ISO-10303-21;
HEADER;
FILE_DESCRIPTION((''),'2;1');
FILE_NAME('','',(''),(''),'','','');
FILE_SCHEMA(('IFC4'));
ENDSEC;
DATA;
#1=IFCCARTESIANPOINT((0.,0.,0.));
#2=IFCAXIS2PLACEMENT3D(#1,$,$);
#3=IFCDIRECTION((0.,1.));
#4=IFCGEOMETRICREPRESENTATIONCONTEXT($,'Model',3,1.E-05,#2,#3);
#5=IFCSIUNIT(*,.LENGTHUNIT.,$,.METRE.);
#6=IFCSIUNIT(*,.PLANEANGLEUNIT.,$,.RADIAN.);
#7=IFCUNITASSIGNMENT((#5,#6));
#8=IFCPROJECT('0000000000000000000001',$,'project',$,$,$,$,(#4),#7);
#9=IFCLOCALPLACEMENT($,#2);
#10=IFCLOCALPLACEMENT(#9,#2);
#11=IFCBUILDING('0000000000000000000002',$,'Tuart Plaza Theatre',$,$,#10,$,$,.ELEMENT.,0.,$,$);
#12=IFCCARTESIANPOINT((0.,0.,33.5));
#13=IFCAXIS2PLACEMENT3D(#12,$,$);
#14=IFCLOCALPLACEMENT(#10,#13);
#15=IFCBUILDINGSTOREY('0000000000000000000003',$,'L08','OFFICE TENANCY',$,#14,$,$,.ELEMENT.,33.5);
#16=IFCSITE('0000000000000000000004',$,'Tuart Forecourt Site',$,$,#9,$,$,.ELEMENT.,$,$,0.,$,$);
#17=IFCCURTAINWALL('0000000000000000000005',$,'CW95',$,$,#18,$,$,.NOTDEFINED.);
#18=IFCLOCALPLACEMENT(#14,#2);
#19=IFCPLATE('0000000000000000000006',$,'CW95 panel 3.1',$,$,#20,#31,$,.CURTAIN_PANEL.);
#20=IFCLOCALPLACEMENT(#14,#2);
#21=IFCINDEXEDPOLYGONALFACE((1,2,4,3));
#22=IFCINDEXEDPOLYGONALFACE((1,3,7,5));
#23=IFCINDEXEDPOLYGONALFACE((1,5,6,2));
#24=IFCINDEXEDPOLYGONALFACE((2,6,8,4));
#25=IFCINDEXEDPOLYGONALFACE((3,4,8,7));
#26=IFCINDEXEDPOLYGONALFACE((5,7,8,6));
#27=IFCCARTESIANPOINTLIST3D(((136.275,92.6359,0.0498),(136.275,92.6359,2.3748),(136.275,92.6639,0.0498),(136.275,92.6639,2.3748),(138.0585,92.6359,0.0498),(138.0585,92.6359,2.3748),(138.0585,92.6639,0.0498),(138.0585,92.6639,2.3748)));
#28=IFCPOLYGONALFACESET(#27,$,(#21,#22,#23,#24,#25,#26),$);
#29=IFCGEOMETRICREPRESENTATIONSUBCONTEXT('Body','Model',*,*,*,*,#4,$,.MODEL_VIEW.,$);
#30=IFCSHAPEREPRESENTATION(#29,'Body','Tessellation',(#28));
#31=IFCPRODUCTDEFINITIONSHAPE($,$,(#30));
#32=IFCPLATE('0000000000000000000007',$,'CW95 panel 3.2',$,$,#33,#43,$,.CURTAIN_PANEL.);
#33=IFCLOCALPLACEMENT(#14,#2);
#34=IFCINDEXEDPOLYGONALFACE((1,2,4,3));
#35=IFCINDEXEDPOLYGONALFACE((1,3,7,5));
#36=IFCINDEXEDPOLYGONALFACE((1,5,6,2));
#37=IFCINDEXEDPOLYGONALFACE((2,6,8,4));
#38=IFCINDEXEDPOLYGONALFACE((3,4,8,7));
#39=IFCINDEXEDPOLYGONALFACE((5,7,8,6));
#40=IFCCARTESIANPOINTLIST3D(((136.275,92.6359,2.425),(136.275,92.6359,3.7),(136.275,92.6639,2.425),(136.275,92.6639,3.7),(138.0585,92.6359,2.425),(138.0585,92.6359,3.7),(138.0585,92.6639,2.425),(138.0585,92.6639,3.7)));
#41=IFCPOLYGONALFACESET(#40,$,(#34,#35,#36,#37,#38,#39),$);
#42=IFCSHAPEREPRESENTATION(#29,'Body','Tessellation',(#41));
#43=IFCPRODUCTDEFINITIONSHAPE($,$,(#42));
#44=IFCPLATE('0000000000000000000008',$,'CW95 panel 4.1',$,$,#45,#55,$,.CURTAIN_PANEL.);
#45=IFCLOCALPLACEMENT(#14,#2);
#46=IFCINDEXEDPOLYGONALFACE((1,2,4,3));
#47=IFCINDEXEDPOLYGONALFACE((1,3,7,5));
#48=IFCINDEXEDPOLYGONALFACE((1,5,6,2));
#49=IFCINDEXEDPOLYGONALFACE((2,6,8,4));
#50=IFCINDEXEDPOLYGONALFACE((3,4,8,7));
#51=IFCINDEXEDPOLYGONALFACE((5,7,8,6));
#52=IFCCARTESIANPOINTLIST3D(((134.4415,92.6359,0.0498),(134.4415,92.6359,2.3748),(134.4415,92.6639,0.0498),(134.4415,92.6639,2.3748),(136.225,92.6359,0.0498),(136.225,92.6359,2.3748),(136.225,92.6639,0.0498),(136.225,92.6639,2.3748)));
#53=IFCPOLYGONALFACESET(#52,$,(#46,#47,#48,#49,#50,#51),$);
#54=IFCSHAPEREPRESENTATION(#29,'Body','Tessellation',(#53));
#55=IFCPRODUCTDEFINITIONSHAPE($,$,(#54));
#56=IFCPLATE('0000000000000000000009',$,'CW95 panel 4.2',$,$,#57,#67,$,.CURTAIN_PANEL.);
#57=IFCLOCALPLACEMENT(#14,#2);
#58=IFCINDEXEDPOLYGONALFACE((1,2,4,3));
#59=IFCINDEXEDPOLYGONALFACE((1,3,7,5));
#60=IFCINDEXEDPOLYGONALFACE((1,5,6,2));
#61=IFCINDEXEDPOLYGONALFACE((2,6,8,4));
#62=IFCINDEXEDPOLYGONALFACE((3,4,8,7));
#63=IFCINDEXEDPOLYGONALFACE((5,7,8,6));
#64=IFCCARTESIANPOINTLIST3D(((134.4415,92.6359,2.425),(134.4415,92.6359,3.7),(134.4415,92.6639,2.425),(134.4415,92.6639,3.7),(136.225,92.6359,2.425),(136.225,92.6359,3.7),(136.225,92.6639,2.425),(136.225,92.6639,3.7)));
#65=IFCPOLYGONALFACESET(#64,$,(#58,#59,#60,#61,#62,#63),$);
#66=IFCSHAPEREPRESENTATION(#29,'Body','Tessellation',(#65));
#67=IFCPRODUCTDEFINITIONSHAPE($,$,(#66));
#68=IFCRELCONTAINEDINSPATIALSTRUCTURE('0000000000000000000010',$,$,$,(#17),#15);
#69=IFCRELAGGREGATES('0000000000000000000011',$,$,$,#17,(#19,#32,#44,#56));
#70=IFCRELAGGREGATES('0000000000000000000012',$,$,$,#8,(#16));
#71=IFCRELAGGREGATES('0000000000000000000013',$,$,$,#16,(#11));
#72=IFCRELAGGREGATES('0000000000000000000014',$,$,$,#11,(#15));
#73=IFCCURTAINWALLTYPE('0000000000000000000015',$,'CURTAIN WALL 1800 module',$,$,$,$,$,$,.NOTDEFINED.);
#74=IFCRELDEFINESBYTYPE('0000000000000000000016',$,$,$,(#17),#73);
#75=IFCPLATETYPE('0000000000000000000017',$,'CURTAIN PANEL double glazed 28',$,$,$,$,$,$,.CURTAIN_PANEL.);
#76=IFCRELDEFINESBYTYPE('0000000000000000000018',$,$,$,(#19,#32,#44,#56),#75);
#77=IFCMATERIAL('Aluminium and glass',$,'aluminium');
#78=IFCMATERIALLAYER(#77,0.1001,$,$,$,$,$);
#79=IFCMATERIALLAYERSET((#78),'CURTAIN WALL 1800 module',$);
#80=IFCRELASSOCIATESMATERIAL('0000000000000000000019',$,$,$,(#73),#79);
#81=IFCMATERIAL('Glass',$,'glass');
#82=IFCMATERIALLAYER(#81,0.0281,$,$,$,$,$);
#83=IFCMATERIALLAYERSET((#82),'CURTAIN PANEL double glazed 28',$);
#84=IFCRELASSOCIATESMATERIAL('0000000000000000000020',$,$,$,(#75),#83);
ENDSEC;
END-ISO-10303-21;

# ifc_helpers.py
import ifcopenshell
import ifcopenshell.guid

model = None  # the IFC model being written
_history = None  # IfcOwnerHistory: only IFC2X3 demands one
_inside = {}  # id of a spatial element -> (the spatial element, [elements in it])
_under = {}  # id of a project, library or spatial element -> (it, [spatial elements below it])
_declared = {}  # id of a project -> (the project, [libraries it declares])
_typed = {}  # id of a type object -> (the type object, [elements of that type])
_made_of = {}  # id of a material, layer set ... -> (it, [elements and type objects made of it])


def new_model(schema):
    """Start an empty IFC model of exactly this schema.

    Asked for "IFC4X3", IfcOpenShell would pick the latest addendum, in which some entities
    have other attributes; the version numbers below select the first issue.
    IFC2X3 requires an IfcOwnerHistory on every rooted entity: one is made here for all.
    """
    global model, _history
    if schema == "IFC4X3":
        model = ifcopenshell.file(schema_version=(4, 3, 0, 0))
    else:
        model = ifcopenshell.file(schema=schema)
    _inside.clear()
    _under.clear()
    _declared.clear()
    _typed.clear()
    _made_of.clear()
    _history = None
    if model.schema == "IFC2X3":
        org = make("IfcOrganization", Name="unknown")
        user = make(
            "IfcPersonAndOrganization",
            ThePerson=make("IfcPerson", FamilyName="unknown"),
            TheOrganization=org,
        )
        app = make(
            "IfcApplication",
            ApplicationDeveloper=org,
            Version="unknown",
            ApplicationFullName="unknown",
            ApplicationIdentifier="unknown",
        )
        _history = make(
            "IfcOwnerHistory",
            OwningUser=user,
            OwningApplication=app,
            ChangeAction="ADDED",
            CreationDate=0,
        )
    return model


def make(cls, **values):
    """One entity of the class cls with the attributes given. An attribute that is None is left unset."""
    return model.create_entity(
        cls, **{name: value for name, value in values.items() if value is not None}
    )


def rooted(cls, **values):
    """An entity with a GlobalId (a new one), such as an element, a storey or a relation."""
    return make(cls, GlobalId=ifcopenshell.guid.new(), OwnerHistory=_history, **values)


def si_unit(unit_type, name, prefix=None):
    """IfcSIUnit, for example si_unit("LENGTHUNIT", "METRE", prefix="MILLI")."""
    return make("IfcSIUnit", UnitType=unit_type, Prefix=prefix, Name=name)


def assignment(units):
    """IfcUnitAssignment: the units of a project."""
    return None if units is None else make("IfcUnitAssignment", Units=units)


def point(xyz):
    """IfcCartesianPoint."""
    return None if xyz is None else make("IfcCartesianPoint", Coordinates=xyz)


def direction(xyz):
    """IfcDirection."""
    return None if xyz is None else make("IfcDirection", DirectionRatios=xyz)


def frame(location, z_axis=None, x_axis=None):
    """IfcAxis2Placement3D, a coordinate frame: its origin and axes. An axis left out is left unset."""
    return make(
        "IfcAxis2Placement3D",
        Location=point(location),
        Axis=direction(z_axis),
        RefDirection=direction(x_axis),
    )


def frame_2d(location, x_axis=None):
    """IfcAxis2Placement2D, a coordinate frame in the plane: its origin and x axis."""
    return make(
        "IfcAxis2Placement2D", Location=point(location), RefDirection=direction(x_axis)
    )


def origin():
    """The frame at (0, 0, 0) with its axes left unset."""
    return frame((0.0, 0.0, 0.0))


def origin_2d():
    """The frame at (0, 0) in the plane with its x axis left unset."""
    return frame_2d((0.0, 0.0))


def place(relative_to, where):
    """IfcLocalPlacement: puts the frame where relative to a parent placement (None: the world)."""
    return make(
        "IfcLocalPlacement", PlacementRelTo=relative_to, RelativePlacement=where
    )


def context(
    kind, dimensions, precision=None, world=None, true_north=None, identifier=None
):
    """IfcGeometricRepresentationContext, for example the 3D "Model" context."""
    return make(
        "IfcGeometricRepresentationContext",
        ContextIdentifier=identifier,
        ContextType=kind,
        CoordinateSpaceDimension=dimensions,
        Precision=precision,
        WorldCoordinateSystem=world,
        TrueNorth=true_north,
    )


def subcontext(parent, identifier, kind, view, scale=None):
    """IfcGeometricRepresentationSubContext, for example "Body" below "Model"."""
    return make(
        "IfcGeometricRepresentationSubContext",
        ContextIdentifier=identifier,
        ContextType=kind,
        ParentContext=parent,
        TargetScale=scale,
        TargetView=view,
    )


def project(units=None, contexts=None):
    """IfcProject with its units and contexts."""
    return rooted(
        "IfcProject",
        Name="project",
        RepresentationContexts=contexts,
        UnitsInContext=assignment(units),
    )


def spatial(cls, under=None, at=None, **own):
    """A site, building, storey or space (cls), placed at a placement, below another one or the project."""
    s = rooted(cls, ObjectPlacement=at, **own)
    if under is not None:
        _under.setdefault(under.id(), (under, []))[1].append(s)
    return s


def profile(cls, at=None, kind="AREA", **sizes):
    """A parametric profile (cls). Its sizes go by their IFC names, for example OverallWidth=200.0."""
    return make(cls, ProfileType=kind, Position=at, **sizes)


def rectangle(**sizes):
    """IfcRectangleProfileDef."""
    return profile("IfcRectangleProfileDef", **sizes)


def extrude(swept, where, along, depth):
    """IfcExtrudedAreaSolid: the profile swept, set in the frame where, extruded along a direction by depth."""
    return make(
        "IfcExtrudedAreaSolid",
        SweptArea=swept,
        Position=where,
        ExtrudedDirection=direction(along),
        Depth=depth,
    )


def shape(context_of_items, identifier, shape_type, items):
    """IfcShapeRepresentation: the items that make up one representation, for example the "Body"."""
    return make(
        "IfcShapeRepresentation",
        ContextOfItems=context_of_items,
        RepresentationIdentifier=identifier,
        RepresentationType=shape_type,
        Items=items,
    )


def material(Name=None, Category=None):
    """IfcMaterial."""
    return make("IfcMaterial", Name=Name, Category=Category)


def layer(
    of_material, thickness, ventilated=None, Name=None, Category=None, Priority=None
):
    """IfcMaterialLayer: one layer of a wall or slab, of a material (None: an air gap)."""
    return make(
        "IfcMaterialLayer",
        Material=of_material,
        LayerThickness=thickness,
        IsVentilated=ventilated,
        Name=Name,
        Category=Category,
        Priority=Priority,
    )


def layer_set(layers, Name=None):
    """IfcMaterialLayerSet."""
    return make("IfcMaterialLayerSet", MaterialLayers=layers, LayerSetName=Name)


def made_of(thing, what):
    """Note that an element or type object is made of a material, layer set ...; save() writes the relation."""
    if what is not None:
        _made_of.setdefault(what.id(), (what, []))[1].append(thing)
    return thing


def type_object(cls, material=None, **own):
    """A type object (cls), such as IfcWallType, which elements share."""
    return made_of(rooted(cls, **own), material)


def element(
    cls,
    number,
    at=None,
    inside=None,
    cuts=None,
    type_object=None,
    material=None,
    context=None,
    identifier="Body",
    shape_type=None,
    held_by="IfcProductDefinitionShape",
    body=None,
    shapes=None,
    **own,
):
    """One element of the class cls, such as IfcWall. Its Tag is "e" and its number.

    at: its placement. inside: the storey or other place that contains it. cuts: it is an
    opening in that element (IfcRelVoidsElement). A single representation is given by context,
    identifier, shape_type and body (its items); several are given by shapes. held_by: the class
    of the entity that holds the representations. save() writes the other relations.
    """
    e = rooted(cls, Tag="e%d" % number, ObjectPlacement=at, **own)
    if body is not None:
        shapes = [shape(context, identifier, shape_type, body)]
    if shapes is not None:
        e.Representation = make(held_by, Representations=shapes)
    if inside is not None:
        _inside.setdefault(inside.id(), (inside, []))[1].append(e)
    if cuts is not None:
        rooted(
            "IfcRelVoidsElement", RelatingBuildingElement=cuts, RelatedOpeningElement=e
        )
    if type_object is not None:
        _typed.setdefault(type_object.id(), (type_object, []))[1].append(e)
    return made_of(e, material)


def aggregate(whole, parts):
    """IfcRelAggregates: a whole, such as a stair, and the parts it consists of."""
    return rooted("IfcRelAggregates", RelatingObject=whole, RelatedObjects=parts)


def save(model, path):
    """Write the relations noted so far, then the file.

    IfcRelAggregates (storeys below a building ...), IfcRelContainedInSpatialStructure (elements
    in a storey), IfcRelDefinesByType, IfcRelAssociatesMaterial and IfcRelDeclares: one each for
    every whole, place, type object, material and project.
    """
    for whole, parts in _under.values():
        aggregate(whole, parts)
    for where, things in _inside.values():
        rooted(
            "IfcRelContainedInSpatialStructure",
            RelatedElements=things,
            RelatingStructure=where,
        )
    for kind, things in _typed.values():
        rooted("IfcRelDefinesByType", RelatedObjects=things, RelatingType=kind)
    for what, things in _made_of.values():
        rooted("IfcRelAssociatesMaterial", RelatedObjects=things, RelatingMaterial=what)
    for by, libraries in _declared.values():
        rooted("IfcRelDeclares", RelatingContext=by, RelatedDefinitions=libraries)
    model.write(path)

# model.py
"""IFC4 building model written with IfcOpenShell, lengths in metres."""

from ifc_helpers import new_model, si_unit, direction, frame, origin, origin_2d, place, context, subcontext, project, spatial, rectangle, extrude, material, layer, layer_set, type_object, element, aggregate, save


model = new_model("IFC4")

# Units and contexts
model_context = context("Model", 3, precision=1e-05, world=origin(), true_north=direction((0.0, 1.0)))
body_context = subcontext(model_context, "Body", "Model", "MODEL_VIEW")
ifc_project = project(units=[si_unit("LENGTHUNIT", "METRE"), si_unit("PLANEANGLEUNIT", "RADIAN")], contexts=[model_context])

# Site, building, storey
site_placement = place(None, origin())
site = spatial("IfcSite", under=ifc_project, at=site_placement, Name="Tuart Forecourt Site", CompositionType="ELEMENT", RefElevation=0.0)
building_placement = place(site_placement, origin())
building = spatial("IfcBuilding", under=site, at=building_placement, Name="Tuart Plaza Theatre", CompositionType="ELEMENT", ElevationOfRefHeight=0.0)
storey_placement = place(building_placement, frame((0.0, 0.0, 33.5)))
storey = spatial("IfcBuildingStorey", under=building, at=storey_placement, Name="L08", Description="OFFICE TENANCY", CompositionType="ELEMENT", Elevation=33.5)

# Curtain wall, plates
ifc_material_1 = material(Name="Aluminium and glass", Category="aluminium")
ifc_layer_1 = layer(ifc_material_1, 0.1001)
ifc_layer_set_1 = layer_set([ifc_layer_1], Name="CURTAIN WALL 1800 module")
curtain_wall_type = type_object("IfcCurtainWallType", Name="CURTAIN WALL 1800 module", PredefinedType="NOTDEFINED", material=ifc_layer_set_1)
curtain_wall_placement = place(storey_placement, origin())
curtain_wall = element("IfcCurtainWall", 1, at=curtain_wall_placement, inside=storey, type_object=curtain_wall_type, Name="CW95", PredefinedType="NOTDEFINED")
ifc_material_2 = material(Name="Glass", Category="glass")
ifc_layer_2 = layer(ifc_material_2, 0.0281)
ifc_layer_set_2 = layer_set([ifc_layer_2], Name="CURTAIN PANEL double glazed 28")
plate_type = type_object("IfcPlateType", Name="CURTAIN PANEL double glazed 28", PredefinedType="CURTAIN_PANEL", material=ifc_layer_set_2)
plate_1_placement = place(storey_placement, frame((137.1667, 92.6499, 0.0498), z_axis=(0.0, 0.0, 1.0), x_axis=(-1.0, 0.0, 0.0)))
plate_1 = element("IfcPlate", 2, at=plate_1_placement, type_object=plate_type, Name="CW95 panel 3.1", PredefinedType="CURTAIN_PANEL", context=body_context, shape_type="SweptSolid", body=[
    extrude(rectangle(XDim=1.7834, YDim=0.0281, at=origin_2d()), origin(), (0.0, 0.0, 1.0), 2.325),
])
plate_2_placement = place(storey_placement, frame((137.1667, 92.6499, 2.425), z_axis=(0.0, 0.0, 1.0), x_axis=(-1.0, 0.0, 0.0)))
plate_2 = element("IfcPlate", 3, at=plate_2_placement, type_object=plate_type, Name="CW95 panel 3.2", PredefinedType="CURTAIN_PANEL", context=body_context, shape_type="SweptSolid", body=[
    extrude(rectangle(XDim=1.7834, YDim=0.0281, at=origin_2d()), origin(), (0.0, 0.0, 1.0), 1.2749),
])
plate_3_placement = place(storey_placement, frame((135.3333, 92.6499, 0.0498), z_axis=(0.0, 0.0, 1.0), x_axis=(-1.0, 0.0, 0.0)))
plate_3 = element("IfcPlate", 4, at=plate_3_placement, type_object=plate_type, Name="CW95 panel 4.1", PredefinedType="CURTAIN_PANEL", context=body_context, shape_type="SweptSolid", body=[
    extrude(rectangle(XDim=1.7834, YDim=0.0281, at=origin_2d()), origin(), (0.0, 0.0, 1.0), 2.325),
])
plate_4_placement = place(storey_placement, frame((135.3333, 92.6499, 2.425), z_axis=(0.0, 0.0, 1.0), x_axis=(-1.0, 0.0, 0.0)))
plate_4 = element("IfcPlate", 5, at=plate_4_placement, type_object=plate_type, Name="CW95 panel 4.2", PredefinedType="CURTAIN_PANEL", context=body_context, shape_type="SweptSolid", body=[
    extrude(rectangle(XDim=1.7834, YDim=0.0281, at=origin_2d()), origin(), (0.0, 0.0, 1.0), 1.2749),
])
aggregate(curtain_wall, [plate_1, plate_2, plate_3, plate_4])

save(model, "model.ifc")
